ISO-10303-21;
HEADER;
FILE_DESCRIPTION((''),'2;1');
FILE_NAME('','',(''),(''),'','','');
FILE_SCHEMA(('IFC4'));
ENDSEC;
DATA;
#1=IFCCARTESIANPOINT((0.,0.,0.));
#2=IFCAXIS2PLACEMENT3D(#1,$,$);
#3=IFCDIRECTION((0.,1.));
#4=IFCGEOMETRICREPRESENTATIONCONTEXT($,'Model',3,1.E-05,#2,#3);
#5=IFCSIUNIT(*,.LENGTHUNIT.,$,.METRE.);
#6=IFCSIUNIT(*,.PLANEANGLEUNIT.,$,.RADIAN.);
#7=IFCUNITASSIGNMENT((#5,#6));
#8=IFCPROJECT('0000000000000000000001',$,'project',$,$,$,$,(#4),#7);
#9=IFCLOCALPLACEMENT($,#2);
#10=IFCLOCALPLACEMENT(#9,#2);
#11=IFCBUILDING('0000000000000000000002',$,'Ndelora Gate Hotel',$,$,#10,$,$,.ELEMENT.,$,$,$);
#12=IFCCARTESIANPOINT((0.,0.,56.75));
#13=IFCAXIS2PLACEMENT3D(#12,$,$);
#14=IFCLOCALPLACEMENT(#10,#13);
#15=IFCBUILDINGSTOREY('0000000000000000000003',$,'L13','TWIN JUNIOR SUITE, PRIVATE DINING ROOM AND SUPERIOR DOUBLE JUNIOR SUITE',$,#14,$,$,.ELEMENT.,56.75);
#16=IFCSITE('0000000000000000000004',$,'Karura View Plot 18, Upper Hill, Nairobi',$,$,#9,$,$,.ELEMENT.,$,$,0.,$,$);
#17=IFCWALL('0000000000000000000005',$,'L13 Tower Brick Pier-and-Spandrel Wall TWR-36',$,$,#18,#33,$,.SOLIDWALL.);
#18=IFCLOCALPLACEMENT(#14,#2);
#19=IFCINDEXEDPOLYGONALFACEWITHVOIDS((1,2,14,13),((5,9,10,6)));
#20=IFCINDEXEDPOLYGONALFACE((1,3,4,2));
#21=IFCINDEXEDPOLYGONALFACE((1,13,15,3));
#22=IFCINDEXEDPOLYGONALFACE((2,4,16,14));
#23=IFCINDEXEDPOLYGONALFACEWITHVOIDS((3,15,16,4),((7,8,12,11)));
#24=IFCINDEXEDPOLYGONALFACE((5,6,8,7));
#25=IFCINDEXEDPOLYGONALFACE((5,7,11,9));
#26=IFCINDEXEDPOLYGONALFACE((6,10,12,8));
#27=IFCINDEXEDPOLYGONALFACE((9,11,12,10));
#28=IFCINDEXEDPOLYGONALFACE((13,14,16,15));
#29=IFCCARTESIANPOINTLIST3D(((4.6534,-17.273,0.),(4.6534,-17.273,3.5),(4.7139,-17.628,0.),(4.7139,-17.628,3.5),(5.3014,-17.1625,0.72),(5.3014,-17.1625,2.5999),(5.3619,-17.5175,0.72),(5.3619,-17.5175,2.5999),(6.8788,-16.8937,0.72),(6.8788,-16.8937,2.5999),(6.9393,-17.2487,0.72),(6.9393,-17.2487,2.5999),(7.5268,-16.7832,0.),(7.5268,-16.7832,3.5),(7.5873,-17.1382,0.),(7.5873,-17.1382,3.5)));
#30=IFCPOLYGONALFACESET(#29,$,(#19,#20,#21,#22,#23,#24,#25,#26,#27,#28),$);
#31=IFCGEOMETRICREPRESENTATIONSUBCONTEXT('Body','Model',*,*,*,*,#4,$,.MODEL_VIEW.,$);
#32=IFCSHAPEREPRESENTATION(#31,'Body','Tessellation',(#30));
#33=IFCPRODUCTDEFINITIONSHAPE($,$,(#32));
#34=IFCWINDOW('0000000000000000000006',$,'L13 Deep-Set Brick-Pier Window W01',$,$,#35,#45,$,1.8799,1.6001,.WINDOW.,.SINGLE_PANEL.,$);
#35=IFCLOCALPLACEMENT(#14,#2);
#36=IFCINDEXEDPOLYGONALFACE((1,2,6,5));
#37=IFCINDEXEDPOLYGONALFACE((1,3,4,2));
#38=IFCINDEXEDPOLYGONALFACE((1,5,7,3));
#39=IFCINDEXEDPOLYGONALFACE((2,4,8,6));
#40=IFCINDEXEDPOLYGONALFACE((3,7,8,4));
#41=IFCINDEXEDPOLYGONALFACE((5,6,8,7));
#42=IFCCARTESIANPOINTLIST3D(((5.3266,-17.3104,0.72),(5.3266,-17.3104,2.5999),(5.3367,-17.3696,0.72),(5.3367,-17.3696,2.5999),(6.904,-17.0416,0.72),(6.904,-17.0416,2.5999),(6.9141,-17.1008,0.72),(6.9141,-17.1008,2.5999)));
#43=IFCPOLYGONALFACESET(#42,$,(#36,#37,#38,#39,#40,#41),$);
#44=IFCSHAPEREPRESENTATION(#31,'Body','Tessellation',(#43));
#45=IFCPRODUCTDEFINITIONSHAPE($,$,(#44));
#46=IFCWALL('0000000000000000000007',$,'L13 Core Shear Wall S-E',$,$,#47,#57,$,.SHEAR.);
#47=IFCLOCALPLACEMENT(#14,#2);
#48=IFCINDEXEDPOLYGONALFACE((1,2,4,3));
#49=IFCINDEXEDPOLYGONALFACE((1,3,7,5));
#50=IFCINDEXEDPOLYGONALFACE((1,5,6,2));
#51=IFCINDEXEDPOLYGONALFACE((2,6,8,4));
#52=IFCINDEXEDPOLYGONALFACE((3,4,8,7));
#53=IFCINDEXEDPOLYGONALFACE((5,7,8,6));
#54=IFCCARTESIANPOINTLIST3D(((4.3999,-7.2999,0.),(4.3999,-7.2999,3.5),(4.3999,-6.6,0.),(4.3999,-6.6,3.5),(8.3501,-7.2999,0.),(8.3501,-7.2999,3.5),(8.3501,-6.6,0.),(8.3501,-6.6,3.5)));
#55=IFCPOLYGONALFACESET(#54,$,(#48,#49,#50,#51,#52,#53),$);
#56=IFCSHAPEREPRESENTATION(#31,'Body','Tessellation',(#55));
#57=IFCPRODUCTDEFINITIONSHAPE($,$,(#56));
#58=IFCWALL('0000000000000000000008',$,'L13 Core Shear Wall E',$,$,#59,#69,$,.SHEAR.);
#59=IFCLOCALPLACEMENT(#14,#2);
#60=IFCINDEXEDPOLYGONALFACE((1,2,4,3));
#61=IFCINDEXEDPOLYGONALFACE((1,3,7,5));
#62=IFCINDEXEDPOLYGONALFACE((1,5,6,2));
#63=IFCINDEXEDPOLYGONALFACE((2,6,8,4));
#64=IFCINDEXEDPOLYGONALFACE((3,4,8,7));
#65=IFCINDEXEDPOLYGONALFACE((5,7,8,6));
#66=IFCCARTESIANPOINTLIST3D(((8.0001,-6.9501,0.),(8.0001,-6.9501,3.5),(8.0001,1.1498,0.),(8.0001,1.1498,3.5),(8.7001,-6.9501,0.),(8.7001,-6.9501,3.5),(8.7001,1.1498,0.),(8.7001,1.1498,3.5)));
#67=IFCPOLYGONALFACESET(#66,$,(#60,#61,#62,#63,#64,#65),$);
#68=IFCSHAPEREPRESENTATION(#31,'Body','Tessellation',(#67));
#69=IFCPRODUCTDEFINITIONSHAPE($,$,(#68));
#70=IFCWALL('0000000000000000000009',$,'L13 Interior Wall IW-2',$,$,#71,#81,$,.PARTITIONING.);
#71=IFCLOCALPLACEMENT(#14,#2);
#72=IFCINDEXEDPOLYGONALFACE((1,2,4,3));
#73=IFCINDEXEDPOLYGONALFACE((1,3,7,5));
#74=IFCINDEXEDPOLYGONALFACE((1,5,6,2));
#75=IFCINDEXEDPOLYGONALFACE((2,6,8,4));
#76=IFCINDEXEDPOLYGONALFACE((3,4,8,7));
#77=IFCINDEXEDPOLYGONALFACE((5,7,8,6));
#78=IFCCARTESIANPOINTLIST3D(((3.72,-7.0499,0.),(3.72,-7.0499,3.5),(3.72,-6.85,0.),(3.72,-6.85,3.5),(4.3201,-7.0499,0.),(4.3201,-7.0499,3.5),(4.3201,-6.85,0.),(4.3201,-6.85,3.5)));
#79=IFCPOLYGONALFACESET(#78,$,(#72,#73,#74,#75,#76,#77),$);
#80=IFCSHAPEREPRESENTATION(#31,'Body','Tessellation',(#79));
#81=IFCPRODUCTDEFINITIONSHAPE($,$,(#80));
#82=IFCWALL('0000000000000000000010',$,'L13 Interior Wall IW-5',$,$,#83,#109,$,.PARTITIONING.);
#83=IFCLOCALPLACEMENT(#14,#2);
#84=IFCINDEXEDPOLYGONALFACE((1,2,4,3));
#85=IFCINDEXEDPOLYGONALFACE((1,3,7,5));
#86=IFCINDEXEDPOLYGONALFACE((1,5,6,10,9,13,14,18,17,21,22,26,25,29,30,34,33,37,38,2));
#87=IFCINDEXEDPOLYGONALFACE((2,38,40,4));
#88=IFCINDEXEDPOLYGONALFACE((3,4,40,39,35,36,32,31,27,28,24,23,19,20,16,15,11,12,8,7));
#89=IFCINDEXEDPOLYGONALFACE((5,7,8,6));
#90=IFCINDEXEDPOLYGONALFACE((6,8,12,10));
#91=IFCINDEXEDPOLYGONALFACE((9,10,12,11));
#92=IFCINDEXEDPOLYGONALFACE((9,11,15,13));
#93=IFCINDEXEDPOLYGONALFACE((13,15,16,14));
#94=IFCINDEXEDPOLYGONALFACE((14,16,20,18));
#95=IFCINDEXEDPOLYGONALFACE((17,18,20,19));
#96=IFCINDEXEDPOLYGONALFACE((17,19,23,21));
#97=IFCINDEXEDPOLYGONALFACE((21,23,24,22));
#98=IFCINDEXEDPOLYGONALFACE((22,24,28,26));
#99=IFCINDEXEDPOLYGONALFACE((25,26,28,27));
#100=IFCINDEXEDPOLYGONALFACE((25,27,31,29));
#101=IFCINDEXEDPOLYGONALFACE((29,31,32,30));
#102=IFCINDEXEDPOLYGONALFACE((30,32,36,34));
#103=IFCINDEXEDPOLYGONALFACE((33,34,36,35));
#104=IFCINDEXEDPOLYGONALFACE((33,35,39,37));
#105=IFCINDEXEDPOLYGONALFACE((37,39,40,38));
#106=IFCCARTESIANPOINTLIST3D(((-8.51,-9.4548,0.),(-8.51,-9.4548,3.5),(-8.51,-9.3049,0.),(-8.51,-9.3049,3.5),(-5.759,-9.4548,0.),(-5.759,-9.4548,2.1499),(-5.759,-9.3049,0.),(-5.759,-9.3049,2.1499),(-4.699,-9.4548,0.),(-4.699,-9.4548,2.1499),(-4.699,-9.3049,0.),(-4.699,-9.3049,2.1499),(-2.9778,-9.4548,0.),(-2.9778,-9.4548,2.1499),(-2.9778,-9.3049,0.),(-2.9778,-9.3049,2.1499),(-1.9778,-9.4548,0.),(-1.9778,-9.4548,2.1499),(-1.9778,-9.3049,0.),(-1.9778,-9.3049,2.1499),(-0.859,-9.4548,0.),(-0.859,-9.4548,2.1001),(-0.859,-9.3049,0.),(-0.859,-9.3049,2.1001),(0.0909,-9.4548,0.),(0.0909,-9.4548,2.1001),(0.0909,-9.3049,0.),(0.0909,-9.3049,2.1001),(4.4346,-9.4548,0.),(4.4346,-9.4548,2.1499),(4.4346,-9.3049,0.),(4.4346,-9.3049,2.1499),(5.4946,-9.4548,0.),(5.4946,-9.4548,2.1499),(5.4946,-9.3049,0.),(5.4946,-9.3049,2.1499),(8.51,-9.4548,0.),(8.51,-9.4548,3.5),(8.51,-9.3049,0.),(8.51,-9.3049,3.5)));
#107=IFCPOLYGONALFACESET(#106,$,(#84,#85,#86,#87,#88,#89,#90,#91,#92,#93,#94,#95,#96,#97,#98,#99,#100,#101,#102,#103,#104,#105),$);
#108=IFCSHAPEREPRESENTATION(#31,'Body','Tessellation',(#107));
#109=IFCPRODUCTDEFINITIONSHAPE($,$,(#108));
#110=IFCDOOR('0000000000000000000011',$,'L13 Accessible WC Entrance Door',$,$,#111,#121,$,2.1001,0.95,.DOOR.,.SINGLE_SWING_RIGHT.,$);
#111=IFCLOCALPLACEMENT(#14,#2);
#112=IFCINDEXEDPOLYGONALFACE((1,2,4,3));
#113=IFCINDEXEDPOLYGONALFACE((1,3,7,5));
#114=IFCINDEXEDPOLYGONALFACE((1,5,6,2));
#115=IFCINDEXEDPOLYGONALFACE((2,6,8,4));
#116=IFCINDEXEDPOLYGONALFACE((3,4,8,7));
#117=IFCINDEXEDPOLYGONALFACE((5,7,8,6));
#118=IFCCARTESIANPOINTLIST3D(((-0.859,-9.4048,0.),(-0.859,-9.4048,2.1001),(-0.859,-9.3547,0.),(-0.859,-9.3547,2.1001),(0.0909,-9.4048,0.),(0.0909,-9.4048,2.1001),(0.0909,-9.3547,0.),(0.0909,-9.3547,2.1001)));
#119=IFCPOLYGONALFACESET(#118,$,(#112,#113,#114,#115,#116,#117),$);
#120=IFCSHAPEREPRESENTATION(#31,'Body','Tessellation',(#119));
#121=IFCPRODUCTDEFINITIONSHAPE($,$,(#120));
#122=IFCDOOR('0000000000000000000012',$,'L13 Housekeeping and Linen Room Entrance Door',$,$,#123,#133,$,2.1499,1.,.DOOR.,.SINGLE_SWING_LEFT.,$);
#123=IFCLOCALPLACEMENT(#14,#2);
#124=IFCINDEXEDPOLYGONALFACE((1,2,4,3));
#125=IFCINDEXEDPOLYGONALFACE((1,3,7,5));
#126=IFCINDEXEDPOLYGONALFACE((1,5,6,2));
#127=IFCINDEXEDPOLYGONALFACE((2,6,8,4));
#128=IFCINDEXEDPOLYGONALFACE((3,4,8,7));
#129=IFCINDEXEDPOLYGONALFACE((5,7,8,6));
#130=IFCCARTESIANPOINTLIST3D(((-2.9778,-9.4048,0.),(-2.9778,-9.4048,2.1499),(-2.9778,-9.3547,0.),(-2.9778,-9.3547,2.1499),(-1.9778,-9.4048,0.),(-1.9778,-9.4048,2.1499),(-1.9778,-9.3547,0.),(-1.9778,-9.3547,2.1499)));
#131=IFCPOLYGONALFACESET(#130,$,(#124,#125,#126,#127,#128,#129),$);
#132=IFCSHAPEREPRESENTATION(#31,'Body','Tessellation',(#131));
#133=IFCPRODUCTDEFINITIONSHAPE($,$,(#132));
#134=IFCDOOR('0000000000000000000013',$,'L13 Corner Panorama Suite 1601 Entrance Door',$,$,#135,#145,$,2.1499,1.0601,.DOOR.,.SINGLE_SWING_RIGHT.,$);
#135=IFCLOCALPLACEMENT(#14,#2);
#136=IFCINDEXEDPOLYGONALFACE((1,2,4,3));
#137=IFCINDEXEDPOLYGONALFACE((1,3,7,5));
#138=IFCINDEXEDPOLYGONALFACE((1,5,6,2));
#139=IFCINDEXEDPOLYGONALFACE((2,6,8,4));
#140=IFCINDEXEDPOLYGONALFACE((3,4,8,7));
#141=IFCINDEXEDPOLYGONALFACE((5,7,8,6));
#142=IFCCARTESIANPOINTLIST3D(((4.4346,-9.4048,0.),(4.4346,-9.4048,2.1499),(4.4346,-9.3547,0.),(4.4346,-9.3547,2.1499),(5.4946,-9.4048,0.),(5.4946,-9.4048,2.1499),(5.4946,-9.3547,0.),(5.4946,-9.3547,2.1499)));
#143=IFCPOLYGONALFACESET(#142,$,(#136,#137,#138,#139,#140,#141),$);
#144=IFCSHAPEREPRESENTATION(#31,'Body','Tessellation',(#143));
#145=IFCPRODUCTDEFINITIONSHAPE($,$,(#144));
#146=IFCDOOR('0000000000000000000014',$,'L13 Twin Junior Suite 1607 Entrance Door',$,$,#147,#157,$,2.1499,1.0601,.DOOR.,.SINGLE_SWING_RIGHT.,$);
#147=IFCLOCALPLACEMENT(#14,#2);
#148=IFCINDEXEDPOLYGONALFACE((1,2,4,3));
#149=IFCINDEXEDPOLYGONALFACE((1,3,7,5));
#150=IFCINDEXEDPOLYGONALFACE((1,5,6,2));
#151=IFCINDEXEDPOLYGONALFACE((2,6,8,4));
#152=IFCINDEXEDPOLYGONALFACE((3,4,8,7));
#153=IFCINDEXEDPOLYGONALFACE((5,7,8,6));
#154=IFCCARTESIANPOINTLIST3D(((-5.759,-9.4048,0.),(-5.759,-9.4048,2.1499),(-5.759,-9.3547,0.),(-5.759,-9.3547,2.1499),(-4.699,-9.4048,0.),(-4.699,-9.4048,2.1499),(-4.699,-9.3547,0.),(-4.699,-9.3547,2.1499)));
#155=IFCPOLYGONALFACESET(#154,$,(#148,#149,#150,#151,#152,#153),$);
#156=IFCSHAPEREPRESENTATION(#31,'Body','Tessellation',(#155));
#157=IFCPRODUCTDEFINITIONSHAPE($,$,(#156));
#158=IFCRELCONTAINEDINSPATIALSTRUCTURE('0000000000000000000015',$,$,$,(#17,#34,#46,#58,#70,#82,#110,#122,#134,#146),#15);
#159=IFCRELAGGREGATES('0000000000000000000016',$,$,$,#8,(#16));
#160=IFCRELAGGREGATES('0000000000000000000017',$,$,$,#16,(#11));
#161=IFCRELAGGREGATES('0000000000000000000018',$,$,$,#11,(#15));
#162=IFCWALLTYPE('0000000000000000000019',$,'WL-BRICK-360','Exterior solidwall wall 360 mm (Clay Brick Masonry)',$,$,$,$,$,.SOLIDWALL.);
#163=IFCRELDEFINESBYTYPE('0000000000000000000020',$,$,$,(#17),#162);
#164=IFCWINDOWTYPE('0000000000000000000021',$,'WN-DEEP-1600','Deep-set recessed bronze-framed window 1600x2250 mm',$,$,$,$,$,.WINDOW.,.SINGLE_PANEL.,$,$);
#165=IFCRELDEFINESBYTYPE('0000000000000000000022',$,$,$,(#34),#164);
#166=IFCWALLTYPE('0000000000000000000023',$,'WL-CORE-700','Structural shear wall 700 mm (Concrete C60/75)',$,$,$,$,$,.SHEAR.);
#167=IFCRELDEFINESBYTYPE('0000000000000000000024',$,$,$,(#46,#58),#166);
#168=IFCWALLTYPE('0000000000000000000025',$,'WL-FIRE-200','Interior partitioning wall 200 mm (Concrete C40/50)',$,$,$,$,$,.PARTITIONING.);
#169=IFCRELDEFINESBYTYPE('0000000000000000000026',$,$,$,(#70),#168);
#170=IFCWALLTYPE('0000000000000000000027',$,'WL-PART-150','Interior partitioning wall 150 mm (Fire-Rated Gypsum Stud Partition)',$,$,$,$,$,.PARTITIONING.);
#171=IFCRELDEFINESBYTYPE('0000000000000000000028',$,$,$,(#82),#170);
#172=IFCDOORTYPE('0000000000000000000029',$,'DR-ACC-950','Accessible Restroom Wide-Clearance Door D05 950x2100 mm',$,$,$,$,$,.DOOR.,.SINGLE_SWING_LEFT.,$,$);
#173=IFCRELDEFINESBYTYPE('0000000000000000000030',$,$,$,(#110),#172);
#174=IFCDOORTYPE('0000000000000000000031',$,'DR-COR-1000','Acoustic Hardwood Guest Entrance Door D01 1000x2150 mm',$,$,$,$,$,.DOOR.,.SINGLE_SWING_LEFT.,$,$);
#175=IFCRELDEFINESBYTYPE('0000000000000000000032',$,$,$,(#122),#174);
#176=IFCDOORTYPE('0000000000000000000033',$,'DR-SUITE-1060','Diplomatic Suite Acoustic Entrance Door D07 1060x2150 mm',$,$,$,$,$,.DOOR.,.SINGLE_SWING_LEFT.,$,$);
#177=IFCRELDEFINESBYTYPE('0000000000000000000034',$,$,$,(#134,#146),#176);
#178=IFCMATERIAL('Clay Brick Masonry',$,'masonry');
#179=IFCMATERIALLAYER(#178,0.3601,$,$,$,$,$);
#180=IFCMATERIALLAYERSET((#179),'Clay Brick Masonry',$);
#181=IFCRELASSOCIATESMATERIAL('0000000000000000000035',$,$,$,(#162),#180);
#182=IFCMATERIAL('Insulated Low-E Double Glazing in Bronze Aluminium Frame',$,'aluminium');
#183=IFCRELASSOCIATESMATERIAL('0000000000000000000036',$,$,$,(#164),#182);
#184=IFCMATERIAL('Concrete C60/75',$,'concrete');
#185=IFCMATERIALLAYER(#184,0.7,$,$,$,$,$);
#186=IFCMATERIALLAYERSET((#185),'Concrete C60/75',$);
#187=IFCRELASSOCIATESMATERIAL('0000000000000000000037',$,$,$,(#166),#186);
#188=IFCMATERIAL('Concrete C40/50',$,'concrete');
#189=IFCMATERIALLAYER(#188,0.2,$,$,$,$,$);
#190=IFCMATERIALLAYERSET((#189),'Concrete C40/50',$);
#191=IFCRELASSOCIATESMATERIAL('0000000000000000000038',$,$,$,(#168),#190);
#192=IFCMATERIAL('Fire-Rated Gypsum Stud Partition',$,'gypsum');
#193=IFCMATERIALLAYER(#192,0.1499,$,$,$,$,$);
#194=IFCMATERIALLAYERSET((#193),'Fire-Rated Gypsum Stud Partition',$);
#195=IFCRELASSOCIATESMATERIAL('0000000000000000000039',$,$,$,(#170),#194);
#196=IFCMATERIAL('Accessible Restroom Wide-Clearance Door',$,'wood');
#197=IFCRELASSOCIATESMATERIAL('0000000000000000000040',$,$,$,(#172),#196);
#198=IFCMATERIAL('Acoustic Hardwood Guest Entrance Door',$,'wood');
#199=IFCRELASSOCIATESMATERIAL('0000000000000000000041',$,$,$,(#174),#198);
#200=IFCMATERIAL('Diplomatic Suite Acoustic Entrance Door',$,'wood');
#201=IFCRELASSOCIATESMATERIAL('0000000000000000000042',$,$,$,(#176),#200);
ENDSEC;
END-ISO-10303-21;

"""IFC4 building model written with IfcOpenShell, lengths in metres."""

from ifc_helpers import new_model, si_unit, direction, frame, frame_2d, origin, place, context, subcontext, project, spatial, rectangle, extrude, material, layer, layer_set, type_object, element, fill, save


model = new_model("IFC4")

# Units and contexts
model_context = context("Model", 3, precision=1e-05, world=origin(), true_north=direction((0.0, 1.0)))
body_context = subcontext(model_context, "Body", "Model", "MODEL_VIEW")
ifc_project = project(units=[si_unit("LENGTHUNIT", "METRE"), si_unit("PLANEANGLEUNIT", "RADIAN")], contexts=[model_context])

# Site, building, storey
site_placement = place(None, origin())
site = spatial("IfcSite", under=ifc_project, at=site_placement, Name="Karura View Plot 18, Upper Hill, Nairobi", CompositionType="ELEMENT", RefElevation=0.0)
building_placement = place(site_placement, origin())
building = spatial("IfcBuilding", under=site, at=building_placement, Name="Ndelora Gate Hotel", CompositionType="ELEMENT")
storey_placement = place(building_placement, frame((0.0, 0.0, 56.75)))
storey = spatial("IfcBuildingStorey", under=building, at=storey_placement, Name="L13", Description="TWIN JUNIOR SUITE, PRIVATE DINING ROOM AND SUPERIOR DOUBLE JUNIOR SUITE", CompositionType="ELEMENT", Elevation=56.75)

# Shared definitions
ifc_material_1 = material(Name="Concrete C60/75", Category="concrete")

# Shared definitions
ifc_material_2 = material(Name="Clay Brick Masonry", Category="masonry")
ifc_layer_1 = layer(ifc_material_2, 0.3601)
ifc_layer_set_1 = layer_set([ifc_layer_1], Name="Clay Brick Masonry")
wall_type_1 = type_object("IfcWallType", Name="WL-BRICK-360", Description="Exterior solidwall wall 360 mm (Clay Brick Masonry)", PredefinedType="SOLIDWALL", material=ifc_layer_set_1)
ifc_material_3 = material(Name="Insulated Low-E Double Glazing in Bronze Aluminium Frame", Category="aluminium")
window_type = type_object("IfcWindowType", Name="WN-DEEP-1600", Description="Deep-set recessed bronze-framed window 1600x2250 mm", PartitioningType="SINGLE_PANEL", PredefinedType="WINDOW", material=ifc_material_3)

# Wall, opening, window
wall_1_placement = place(storey_placement, frame((7.5571, -16.9607, 0.0), z_axis=(0.0, 0.0, 1.0), x_axis=(-0.985783, -0.168024, 0.0)))
wall_1 = element("IfcWall", 1, at=wall_1_placement, inside=storey, type_object=wall_type_1, Name="L13 Tower Brick Pier-and-Spandrel Wall TWR-36", PredefinedType="SOLIDWALL", context=body_context, shape_type="SweptSolid", body=[
    extrude(rectangle(XDim=2.9148, YDim=0.3601, at=frame_2d((1.4575, 0.0))), origin(), (0.0, 0.0, 1.0), 3.5),
])
opening_1_placement = place(wall_1_placement, frame((0.6575, 0.0, 0.72)))
opening_1 = element("IfcOpeningElement", 2, at=opening_1_placement, cuts=wall_1, PredefinedType="OPENING", context=body_context, shape_type="SweptSolid", body=[
    extrude(rectangle(XDim=1.6001, YDim=1.8799, at=frame_2d((0.8, 0.9399))), frame((0.0, 0.1899, 0.0), z_axis=(0.0, -1.0, 0.0), x_axis=(1.0, 0.0, 0.0)), (0.0, 0.0, 1.0), 0.3801),
])
window_1_placement = place(opening_1_placement, origin())
window_1 = element("IfcWindow", 3, at=window_1_placement, inside=storey, type_object=window_type, Name="L13 Deep-Set Brick-Pier Window W01", OverallHeight=1.8799, OverallWidth=1.6001, PartitioningType="SINGLE_PANEL", PredefinedType="WINDOW", context=body_context, shape_type="SweptSolid", body=[
    extrude(rectangle(XDim=1.6001, YDim=1.8799, at=frame_2d((0.8, 0.9399))), frame((0.0, 0.03, 0.0), z_axis=(0.0, -1.0, 0.0), x_axis=(1.0, 0.0, 0.0)), (0.0, 0.0, 1.0), 0.0601),
])
fill(opening_1, window_1)

# Walls
ifc_layer_2 = layer(ifc_material_1, 0.7)
ifc_layer_set_2 = layer_set([ifc_layer_2], Name="Concrete C60/75")
wall_type_2 = type_object("IfcWallType", Name="WL-CORE-700", Description="Structural shear wall 700 mm (Concrete C60/75)", PredefinedType="SHEAR", material=ifc_layer_set_2)
wall_2_placement = place(storey_placement, frame((4.3999, -6.95, 0.0), z_axis=(0.0, 0.0, 1.0), x_axis=(1.0, 0.0, 0.0)))
element("IfcWall", 4, at=wall_2_placement, inside=storey, type_object=wall_type_2, Name="L13 Core Shear Wall S-E", PredefinedType="SHEAR", context=body_context, shape_type="SweptSolid", body=[
    extrude(rectangle(XDim=3.9502, YDim=0.7, at=frame_2d((1.9751, 0.0))), origin(), (0.0, 0.0, 1.0), 3.5),
])
wall_3_placement = place(storey_placement, frame((8.3501, -6.95, 0.0), z_axis=(0.0, 0.0, 1.0), x_axis=(0.0, 1.0, 0.0)))
element("IfcWall", 5, at=wall_3_placement, inside=storey, type_object=wall_type_2, Name="L13 Core Shear Wall E", PredefinedType="SHEAR", context=body_context, shape_type="SweptSolid", body=[
    extrude(rectangle(XDim=8.0999, YDim=0.7, at=frame_2d((4.0498, 0.0))), origin(), (0.0, 0.0, 1.0), 3.5),
])
ifc_material_4 = material(Name="Concrete C40/50", Category="concrete")
ifc_layer_3 = layer(ifc_material_4, 0.2)
ifc_layer_set_3 = layer_set([ifc_layer_3], Name="Concrete C40/50")
wall_type_3 = type_object("IfcWallType", Name="WL-FIRE-200", Description="Interior partitioning wall 200 mm (Concrete C40/50)", PredefinedType="PARTITIONING", material=ifc_layer_set_3)
wall_4_placement = place(storey_placement, frame((3.72, -6.95, 0.0), z_axis=(0.0, 0.0, 1.0), x_axis=(1.0, 0.0, 0.0)))
element("IfcWall", 6, at=wall_4_placement, inside=storey, type_object=wall_type_3, Name="L13 Interior Wall IW-2", PredefinedType="PARTITIONING", context=body_context, shape_type="SweptSolid", body=[
    extrude(rectangle(XDim=0.6001, YDim=0.2, at=frame_2d((0.3, 0.0))), origin(), (0.0, 0.0, 1.0), 3.5),
])

# Wall, openings, doors
ifc_material_5 = material(Name="Fire-Rated Gypsum Stud Partition", Category="gypsum")
ifc_layer_4 = layer(ifc_material_5, 0.1499)
ifc_layer_set_4 = layer_set([ifc_layer_4], Name="Fire-Rated Gypsum Stud Partition")
wall_type_4 = type_object("IfcWallType", Name="WL-PART-150", Description="Interior partitioning wall 150 mm (Fire-Rated Gypsum Stud Partition)", PredefinedType="PARTITIONING", material=ifc_layer_set_4)
wall_5_placement = place(storey_placement, frame((8.51, -9.3799, 0.0), z_axis=(0.0, 0.0, 1.0), x_axis=(-1.0, 0.0, 0.0)))
wall_5 = element("IfcWall", 7, at=wall_5_placement, inside=storey, type_object=wall_type_4, Name="L13 Interior Wall IW-5", PredefinedType="PARTITIONING", context=body_context, shape_type="SweptSolid", body=[
    extrude(rectangle(XDim=17.02, YDim=0.1499, at=frame_2d((8.51, 0.0))), origin(), (0.0, 0.0, 1.0), 3.5),
])
opening_2_placement = place(wall_5_placement, frame((8.4189, 0.0, 0.0)))
opening_2 = element("IfcOpeningElement", 8, at=opening_2_placement, cuts=wall_5, PredefinedType="OPENING", context=body_context, shape_type="SweptSolid", body=[
    extrude(rectangle(XDim=0.95, YDim=2.1001, at=frame_2d((0.4751, 1.05))), frame((0.0, 0.085, 0.0), z_axis=(0.0, -1.0, 0.0), x_axis=(1.0, 0.0, 0.0)), (0.0, 0.0, 1.0), 0.1699),
])
opening_3_placement = place(wall_5_placement, frame((10.4878, 0.0, 0.0)))
opening_3 = element("IfcOpeningElement", 9, at=opening_3_placement, cuts=wall_5, PredefinedType="OPENING", context=body_context, shape_type="SweptSolid", body=[
    extrude(rectangle(XDim=1.0, YDim=2.1499, at=frame_2d((0.5, 1.075))), frame((0.0, 0.085, 0.0), z_axis=(0.0, -1.0, 0.0), x_axis=(1.0, 0.0, 0.0)), (0.0, 0.0, 1.0), 0.1699),
])
opening_4_placement = place(wall_5_placement, frame((3.0154, 0.0, 0.0)))
opening_4 = element("IfcOpeningElement", 10, at=opening_4_placement, cuts=wall_5, PredefinedType="OPENING", context=body_context, shape_type="SweptSolid", body=[
    extrude(rectangle(XDim=1.0601, YDim=2.1499, at=frame_2d((0.53, 1.075))), frame((0.0, 0.085, 0.0), z_axis=(0.0, -1.0, 0.0), x_axis=(1.0, 0.0, 0.0)), (0.0, 0.0, 1.0), 0.1699),
])
opening_5_placement = place(wall_5_placement, frame((13.209, 0.0, 0.0)))
opening_5 = element("IfcOpeningElement", 11, at=opening_5_placement, cuts=wall_5, PredefinedType="OPENING", context=body_context, shape_type="SweptSolid", body=[
    extrude(rectangle(XDim=1.0601, YDim=2.1499, at=frame_2d((0.53, 1.075))), frame((0.0, 0.085, 0.0), z_axis=(0.0, -1.0, 0.0), x_axis=(1.0, 0.0, 0.0)), (0.0, 0.0, 1.0), 0.1699),
])
ifc_material_6 = material(Name="Accessible Restroom Wide-Clearance Door", Category="wood")
door_type_1 = type_object("IfcDoorType", Name="DR-ACC-950", Description="Accessible Restroom Wide-Clearance Door D05 950x2100 mm", OperationType="SINGLE_SWING_LEFT", PredefinedType="DOOR", material=ifc_material_6)
door_1_placement = place(opening_2_placement, origin())
door_1 = element("IfcDoor", 12, at=door_1_placement, inside=storey, type_object=door_type_1, Name="L13 Accessible WC Entrance Door", OperationType="SINGLE_SWING_RIGHT", OverallHeight=2.1001, OverallWidth=0.95, PredefinedType="DOOR", context=body_context, shape_type="SweptSolid", body=[
    extrude(rectangle(XDim=0.95, YDim=2.1001, at=frame_2d((0.4751, 1.05))), frame((0.0, 0.0249, 0.0), z_axis=(0.0, -1.0, 0.0), x_axis=(1.0, 0.0, 0.0)), (0.0, 0.0, 1.0), 0.05),
])
fill(opening_2, door_1)
ifc_material_7 = material(Name="Acoustic Hardwood Guest Entrance Door", Category="wood")
door_type_2 = type_object("IfcDoorType", Name="DR-COR-1000", Description="Acoustic Hardwood Guest Entrance Door D01 1000x2150 mm", OperationType="SINGLE_SWING_LEFT", PredefinedType="DOOR", material=ifc_material_7)
door_2_placement = place(opening_3_placement, origin())
door_2 = element("IfcDoor", 13, at=door_2_placement, inside=storey, type_object=door_type_2, Name="L13 Housekeeping and Linen Room Entrance Door", OperationType="SINGLE_SWING_LEFT", OverallHeight=2.1499, OverallWidth=1.0, PredefinedType="DOOR", context=body_context, shape_type="SweptSolid", body=[
    extrude(rectangle(XDim=1.0, YDim=2.1499, at=frame_2d((0.5, 1.075))), frame((0.0, 0.0249, 0.0), z_axis=(0.0, -1.0, 0.0), x_axis=(1.0, 0.0, 0.0)), (0.0, 0.0, 1.0), 0.05),
])
fill(opening_3, door_2)
ifc_material_8 = material(Name="Diplomatic Suite Acoustic Entrance Door", Category="wood")
door_type_3 = type_object("IfcDoorType", Name="DR-SUITE-1060", Description="Diplomatic Suite Acoustic Entrance Door D07 1060x2150 mm", OperationType="SINGLE_SWING_LEFT", PredefinedType="DOOR", material=ifc_material_8)
door_3_placement = place(opening_4_placement, origin())
door_3 = element("IfcDoor", 14, at=door_3_placement, inside=storey, type_object=door_type_3, Name="L13 Corner Panorama Suite 1601 Entrance Door", OperationType="SINGLE_SWING_RIGHT", OverallHeight=2.1499, OverallWidth=1.0601, PredefinedType="DOOR", context=body_context, shape_type="SweptSolid", body=[
    extrude(rectangle(XDim=1.0601, YDim=2.1499, at=frame_2d((0.53, 1.075))), frame((0.0, 0.0249, 0.0), z_axis=(0.0, -1.0, 0.0), x_axis=(1.0, 0.0, 0.0)), (0.0, 0.0, 1.0), 0.05),
])
fill(opening_4, door_3)
door_4_placement = place(opening_5_placement, origin())
door_4 = element("IfcDoor", 15, at=door_4_placement, inside=storey, type_object=door_type_3, Name="L13 Twin Junior Suite 1607 Entrance Door", OperationType="SINGLE_SWING_RIGHT", OverallHeight=2.1499, OverallWidth=1.0601, PredefinedType="DOOR", context=body_context, shape_type="SweptSolid", body=[
    extrude(rectangle(XDim=1.0601, YDim=2.1499, at=frame_2d((0.53, 1.075))), frame((0.0, 0.0249, 0.0), z_axis=(0.0, -1.0, 0.0), x_axis=(1.0, 0.0, 0.0)), (0.0, 0.0, 1.0), 0.05),
])
fill(opening_5, door_4)

save(model, "model.ifc")
